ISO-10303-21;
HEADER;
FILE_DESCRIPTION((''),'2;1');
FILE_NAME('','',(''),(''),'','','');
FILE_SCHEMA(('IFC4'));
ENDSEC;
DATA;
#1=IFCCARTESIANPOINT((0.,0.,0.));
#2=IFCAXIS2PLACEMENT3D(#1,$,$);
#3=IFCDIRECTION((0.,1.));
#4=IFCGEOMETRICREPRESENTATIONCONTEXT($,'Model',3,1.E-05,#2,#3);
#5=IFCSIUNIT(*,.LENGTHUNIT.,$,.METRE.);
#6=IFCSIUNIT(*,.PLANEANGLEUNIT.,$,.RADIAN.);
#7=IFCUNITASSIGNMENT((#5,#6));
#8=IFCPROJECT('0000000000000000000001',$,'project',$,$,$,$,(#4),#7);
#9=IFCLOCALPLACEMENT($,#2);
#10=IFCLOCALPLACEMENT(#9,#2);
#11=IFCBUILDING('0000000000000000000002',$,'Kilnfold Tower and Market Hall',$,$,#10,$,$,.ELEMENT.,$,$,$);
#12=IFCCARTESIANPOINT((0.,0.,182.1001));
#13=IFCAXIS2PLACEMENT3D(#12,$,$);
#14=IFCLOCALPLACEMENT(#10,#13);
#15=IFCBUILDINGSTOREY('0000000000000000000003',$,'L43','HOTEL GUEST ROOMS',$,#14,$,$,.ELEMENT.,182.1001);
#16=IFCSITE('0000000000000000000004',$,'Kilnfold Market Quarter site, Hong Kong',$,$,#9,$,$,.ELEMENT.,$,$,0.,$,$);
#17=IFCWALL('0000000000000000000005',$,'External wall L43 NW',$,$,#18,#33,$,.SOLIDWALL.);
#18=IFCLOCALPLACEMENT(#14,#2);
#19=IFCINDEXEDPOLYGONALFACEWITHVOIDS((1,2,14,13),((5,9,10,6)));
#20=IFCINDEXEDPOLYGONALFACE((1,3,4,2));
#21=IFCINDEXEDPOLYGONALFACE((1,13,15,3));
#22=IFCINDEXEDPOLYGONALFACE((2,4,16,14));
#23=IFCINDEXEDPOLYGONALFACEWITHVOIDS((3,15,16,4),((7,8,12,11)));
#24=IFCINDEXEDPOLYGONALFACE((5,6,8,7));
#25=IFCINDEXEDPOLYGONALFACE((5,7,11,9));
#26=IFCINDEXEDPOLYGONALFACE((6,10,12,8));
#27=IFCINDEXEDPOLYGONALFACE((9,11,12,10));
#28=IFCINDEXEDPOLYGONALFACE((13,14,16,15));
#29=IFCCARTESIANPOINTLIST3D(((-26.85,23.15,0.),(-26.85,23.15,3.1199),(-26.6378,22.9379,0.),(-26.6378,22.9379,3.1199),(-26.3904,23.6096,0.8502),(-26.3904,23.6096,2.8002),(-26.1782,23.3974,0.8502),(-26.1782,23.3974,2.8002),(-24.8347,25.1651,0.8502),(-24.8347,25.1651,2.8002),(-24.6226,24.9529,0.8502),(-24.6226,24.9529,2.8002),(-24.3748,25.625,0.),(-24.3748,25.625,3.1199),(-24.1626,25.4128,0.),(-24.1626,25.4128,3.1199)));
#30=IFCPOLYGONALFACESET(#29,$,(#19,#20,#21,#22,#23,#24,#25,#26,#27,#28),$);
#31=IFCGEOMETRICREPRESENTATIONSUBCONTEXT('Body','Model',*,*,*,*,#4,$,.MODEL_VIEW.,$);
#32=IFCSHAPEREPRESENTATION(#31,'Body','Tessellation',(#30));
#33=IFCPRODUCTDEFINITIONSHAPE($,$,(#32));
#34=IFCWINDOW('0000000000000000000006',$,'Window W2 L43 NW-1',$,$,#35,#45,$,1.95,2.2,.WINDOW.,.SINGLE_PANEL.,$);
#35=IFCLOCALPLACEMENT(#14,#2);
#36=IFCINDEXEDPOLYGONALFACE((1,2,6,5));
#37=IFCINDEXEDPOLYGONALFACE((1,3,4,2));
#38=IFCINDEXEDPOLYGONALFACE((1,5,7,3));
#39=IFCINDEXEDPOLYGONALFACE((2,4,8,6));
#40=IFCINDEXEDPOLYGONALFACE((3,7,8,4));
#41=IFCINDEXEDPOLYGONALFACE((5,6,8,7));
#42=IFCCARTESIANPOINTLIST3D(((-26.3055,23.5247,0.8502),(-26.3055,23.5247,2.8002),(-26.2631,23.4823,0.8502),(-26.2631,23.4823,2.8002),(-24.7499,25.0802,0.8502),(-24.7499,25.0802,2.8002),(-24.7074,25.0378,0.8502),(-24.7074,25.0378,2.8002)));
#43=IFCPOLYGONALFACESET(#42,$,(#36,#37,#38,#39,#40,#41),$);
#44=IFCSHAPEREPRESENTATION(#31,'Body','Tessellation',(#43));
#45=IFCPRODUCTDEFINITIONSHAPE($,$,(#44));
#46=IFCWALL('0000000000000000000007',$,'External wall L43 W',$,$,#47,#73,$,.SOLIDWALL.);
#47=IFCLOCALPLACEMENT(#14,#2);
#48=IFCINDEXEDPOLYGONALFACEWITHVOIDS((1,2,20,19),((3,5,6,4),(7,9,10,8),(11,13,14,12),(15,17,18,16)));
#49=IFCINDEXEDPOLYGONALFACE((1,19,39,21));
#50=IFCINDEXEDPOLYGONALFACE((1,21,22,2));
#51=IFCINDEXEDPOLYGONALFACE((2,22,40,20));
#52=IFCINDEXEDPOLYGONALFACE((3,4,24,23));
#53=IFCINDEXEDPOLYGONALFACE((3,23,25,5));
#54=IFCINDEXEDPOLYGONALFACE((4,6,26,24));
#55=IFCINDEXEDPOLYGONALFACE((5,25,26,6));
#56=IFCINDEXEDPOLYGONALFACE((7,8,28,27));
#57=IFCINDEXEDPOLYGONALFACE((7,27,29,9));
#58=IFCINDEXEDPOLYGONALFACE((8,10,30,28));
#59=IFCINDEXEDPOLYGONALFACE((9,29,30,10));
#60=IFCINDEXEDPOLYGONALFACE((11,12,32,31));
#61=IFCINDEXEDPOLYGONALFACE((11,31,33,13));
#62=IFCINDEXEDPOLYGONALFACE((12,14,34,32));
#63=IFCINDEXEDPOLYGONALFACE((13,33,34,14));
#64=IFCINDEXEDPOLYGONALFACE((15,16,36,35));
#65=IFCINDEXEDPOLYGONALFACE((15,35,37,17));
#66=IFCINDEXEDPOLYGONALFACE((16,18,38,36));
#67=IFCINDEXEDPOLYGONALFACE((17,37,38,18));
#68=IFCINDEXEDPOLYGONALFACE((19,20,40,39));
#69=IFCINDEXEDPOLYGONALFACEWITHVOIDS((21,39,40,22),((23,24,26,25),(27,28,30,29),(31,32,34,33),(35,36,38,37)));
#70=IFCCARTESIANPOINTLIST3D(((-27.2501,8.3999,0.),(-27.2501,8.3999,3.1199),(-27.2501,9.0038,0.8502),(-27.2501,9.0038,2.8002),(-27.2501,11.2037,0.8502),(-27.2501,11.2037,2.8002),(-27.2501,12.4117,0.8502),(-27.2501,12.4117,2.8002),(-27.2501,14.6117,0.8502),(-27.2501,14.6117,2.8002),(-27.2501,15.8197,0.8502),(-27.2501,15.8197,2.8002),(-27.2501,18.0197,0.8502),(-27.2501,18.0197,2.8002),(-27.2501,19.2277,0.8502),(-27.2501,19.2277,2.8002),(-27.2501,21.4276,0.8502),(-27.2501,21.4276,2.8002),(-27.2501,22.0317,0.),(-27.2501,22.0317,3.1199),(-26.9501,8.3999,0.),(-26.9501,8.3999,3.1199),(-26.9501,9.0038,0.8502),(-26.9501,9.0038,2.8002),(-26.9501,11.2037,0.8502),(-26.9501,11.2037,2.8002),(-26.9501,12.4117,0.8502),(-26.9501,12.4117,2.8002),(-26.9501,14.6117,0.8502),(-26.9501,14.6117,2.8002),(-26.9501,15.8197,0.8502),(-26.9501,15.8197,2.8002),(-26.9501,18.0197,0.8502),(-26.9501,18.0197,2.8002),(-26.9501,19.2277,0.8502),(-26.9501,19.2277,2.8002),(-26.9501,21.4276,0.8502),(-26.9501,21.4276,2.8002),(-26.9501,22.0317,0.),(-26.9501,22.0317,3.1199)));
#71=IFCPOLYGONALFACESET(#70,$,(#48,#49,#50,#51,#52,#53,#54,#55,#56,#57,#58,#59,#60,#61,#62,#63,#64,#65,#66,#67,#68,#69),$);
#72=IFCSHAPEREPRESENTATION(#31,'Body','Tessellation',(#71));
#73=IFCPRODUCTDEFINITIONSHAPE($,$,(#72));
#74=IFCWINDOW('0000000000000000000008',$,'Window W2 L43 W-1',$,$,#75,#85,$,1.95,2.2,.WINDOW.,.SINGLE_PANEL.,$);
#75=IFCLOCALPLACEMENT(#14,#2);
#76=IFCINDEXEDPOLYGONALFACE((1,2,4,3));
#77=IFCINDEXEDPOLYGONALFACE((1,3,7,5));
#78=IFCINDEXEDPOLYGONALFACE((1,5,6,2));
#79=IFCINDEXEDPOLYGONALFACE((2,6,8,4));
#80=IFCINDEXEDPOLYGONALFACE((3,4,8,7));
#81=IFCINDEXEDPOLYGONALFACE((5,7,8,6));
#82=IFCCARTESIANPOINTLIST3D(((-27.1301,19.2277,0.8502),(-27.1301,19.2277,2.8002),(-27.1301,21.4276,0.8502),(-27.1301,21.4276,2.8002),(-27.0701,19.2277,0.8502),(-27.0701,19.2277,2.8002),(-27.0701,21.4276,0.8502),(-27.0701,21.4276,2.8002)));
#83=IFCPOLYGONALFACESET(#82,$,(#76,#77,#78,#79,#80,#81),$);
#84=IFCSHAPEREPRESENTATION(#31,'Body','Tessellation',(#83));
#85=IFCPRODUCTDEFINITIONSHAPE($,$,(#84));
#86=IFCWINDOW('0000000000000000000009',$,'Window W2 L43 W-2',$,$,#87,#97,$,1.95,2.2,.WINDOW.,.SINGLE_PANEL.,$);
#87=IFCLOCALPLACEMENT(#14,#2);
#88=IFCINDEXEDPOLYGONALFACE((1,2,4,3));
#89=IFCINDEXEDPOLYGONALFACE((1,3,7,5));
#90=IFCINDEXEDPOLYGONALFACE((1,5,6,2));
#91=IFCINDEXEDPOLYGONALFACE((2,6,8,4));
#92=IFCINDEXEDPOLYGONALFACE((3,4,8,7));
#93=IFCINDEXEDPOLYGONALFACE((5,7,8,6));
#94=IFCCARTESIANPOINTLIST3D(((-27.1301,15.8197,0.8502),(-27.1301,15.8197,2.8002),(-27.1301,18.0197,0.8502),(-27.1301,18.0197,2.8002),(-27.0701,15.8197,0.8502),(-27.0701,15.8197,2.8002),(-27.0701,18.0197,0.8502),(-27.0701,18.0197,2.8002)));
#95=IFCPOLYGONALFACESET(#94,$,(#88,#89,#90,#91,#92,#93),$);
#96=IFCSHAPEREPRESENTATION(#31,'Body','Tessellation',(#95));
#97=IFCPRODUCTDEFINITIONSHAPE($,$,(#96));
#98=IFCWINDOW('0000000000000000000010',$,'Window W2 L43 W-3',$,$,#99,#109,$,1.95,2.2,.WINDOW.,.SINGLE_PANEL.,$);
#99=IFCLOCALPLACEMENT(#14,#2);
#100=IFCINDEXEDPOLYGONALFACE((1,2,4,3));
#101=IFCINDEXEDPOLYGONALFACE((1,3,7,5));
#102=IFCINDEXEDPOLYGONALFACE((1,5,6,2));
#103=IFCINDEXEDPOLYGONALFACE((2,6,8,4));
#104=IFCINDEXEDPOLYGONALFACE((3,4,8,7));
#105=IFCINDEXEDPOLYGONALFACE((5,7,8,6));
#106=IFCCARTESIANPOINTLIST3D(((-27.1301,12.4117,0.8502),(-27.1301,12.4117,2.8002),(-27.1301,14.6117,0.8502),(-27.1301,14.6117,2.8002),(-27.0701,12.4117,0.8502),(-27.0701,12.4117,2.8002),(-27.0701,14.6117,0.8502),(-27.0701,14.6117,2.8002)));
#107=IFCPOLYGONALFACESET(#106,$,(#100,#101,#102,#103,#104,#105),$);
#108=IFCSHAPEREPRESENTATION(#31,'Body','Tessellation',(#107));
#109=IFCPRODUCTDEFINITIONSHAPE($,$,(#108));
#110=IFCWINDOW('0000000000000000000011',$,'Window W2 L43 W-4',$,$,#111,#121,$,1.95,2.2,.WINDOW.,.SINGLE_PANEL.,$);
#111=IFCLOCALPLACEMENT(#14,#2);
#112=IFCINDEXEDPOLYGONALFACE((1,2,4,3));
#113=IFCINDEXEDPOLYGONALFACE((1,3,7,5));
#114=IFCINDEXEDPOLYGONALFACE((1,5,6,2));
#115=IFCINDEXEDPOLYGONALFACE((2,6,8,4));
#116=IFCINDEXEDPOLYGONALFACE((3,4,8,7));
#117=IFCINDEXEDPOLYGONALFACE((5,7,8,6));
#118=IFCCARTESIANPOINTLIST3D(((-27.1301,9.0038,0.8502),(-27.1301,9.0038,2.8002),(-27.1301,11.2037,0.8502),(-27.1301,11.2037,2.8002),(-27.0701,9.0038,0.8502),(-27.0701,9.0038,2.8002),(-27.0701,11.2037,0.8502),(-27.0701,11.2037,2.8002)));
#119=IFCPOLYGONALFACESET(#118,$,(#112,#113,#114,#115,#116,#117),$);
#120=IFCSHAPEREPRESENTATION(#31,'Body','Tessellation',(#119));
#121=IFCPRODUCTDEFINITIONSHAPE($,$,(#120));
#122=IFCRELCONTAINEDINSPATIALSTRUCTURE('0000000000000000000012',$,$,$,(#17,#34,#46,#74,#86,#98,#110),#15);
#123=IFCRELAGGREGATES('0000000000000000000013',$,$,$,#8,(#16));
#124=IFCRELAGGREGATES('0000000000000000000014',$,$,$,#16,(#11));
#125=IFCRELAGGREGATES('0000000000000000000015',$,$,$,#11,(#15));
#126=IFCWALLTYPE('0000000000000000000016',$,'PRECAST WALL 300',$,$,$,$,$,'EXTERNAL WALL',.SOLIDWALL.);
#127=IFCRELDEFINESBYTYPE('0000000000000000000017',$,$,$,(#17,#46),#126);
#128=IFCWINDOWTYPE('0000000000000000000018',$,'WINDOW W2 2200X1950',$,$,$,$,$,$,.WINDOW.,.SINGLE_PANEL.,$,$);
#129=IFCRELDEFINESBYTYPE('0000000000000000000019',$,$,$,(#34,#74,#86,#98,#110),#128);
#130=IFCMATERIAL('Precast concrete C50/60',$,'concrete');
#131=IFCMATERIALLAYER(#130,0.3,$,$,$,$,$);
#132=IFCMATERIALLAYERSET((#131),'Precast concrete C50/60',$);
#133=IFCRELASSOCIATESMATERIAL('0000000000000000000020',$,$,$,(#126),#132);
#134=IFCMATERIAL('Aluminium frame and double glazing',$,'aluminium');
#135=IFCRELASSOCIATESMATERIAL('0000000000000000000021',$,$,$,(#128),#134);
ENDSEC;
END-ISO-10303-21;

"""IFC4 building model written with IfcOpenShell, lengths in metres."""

from ifc_helpers import new_model, si_unit, direction, frame, frame_2d, origin, place, context, subcontext, project, spatial, rectangle, extrude, source, transform, mapped, material, layer, layer_set, type_object, element, fill, save


model = new_model("IFC4")

# Units and contexts
model_context = context("Model", 3, precision=1e-05, world=origin(), true_north=direction((0.0, 1.0)))
body_context = subcontext(model_context, "Body", "Model", "MODEL_VIEW")
ifc_project = project(units=[si_unit("LENGTHUNIT", "METRE"), si_unit("PLANEANGLEUNIT", "RADIAN")], contexts=[model_context])

# Site, building, storey
site_placement = place(None, origin())
site = spatial("IfcSite", under=ifc_project, at=site_placement, Name="Kilnfold Market Quarter site, Hong Kong", CompositionType="ELEMENT", RefElevation=0.0)
building_placement = place(site_placement, origin())
building = spatial("IfcBuilding", under=site, at=building_placement, Name="Kilnfold Tower and Market Hall", CompositionType="ELEMENT")
storey_placement = place(building_placement, frame((0.0, 0.0, 182.1001)))
storey = spatial("IfcBuildingStorey", under=building, at=storey_placement, Name="L43", Description="HOTEL GUEST ROOMS", CompositionType="ELEMENT", Elevation=182.1001)

# Wall, opening, window
ifc_material_1 = material(Name="Precast concrete C50/60", Category="concrete")
ifc_layer_1 = layer(ifc_material_1, 0.3)
ifc_layer_set_1 = layer_set([ifc_layer_1], Name="Precast concrete C50/60")
wall_type_1 = type_object("IfcWallType", Name="PRECAST WALL 300", ElementType="EXTERNAL WALL", PredefinedType="SOLIDWALL", material=ifc_layer_set_1)
shared_shape_1 = source(origin(), body_context, "Body", "SweptSolid", [
    extrude(rectangle(XDim=3.5002, YDim=0.3, at=frame_2d((1.75, 0.0))), origin(), (0.0, 0.0, 1.0), 3.1199),
])
wall_1_placement = place(storey_placement, frame((-24.2688, 25.5188, 0.0), z_axis=(0.0, 0.0, 1.0), x_axis=(-0.707142, -0.707072, 0.0)))
wall_1 = element("IfcWall", 1, at=wall_1_placement, inside=storey, type_object=wall_type_1, Name="External wall L43 NW", PredefinedType="SOLIDWALL", context=body_context, shape_type="MappedRepresentation", body=[
    mapped(shared_shape_1, transform((0.0, 0.0, 0.0))),
])
opening_1_placement = place(wall_1_placement, frame((0.6501, 0.0, 0.8501)))
opening_1 = element("IfcOpeningElement", 2, at=opening_1_placement, cuts=wall_1, PredefinedType="OPENING", context=body_context, shape_type="SweptSolid", body=[
    extrude(rectangle(XDim=2.2, YDim=1.95, at=frame_2d((1.1001, 0.9751))), frame((0.0, 0.1602, 0.0), z_axis=(0.0, -1.0, 0.0), x_axis=(1.0, 0.0, 0.0)), (0.0, 0.0, 1.0), 0.3201),
])
ifc_material_2 = material(Name="Aluminium frame and double glazing", Category="aluminium")
window_type = type_object("IfcWindowType", Name="WINDOW W2 2200X1950", PartitioningType="SINGLE_PANEL", PredefinedType="WINDOW", material=ifc_material_2)
window_1_placement = place(opening_1_placement, origin())
window_1 = element("IfcWindow", 3, at=window_1_placement, inside=storey, type_object=window_type, Name="Window W2 L43 NW-1", OverallHeight=1.95, OverallWidth=2.2, PartitioningType="SINGLE_PANEL", PredefinedType="WINDOW", context=body_context, shape_type="SweptSolid", body=[
    extrude(rectangle(XDim=2.2, YDim=1.95, at=frame_2d((1.1001, 0.9751))), frame((0.0, 0.03, 0.0), z_axis=(0.0, -1.0, 0.0), x_axis=(1.0, 0.0, 0.0)), (0.0, 0.0, 1.0), 0.0601),
])
fill(opening_1, window_1)

# Wall, openings, windows
shared_shape_2 = source(origin(), body_context, "Body", "SweptSolid", [
    extrude(rectangle(XDim=13.6318, YDim=0.3, at=frame_2d((6.8159, 0.0))), origin(), (0.0, 0.0, 1.0), 3.1199),
])
wall_2_placement = place(storey_placement, frame((-27.1001, 22.0317, 0.0), z_axis=(0.0, 0.0, 1.0), x_axis=(0.0, -1.0, 0.0)))
wall_2 = element("IfcWall", 4, at=wall_2_placement, inside=storey, type_object=wall_type_1, Name="External wall L43 W", PredefinedType="SOLIDWALL", context=body_context, shape_type="MappedRepresentation", body=[
    mapped(shared_shape_2, transform((0.0, 0.0, 0.0))),
])
opening_2_placement = place(wall_2_placement, frame((0.604, 0.0, 0.8501)))
opening_2 = element("IfcOpeningElement", 5, at=opening_2_placement, cuts=wall_2, PredefinedType="OPENING", context=body_context, shape_type="SweptSolid", body=[
    extrude(rectangle(XDim=2.2, YDim=1.95, at=frame_2d((1.1001, 0.9751))), frame((0.0, 0.1602, 0.0), z_axis=(0.0, -1.0, 0.0), x_axis=(1.0, 0.0, 0.0)), (0.0, 0.0, 1.0), 0.3201),
])
opening_3_placement = place(wall_2_placement, frame((4.012, 0.0, 0.8501)))
opening_3 = element("IfcOpeningElement", 6, at=opening_3_placement, cuts=wall_2, PredefinedType="OPENING", context=body_context, shape_type="SweptSolid", body=[
    extrude(rectangle(XDim=2.2, YDim=1.95, at=frame_2d((1.1001, 0.9751))), frame((0.0, 0.1602, 0.0), z_axis=(0.0, -1.0, 0.0), x_axis=(1.0, 0.0, 0.0)), (0.0, 0.0, 1.0), 0.3201),
])
opening_4_placement = place(wall_2_placement, frame((7.4199, 0.0, 0.8501)))
opening_4 = element("IfcOpeningElement", 7, at=opening_4_placement, cuts=wall_2, PredefinedType="OPENING", context=body_context, shape_type="SweptSolid", body=[
    extrude(rectangle(XDim=2.2, YDim=1.95, at=frame_2d((1.1001, 0.9751))), frame((0.0, 0.1602, 0.0), z_axis=(0.0, -1.0, 0.0), x_axis=(1.0, 0.0, 0.0)), (0.0, 0.0, 1.0), 0.3201),
])
opening_5_placement = place(wall_2_placement, frame((10.8279, 0.0, 0.8501)))
opening_5 = element("IfcOpeningElement", 8, at=opening_5_placement, cuts=wall_2, PredefinedType="OPENING", context=body_context, shape_type="SweptSolid", body=[
    extrude(rectangle(XDim=2.2, YDim=1.95, at=frame_2d((1.1001, 0.9751))), frame((0.0, 0.1602, 0.0), z_axis=(0.0, -1.0, 0.0), x_axis=(1.0, 0.0, 0.0)), (0.0, 0.0, 1.0), 0.3201),
])
window_2_placement = place(opening_2_placement, origin())
window_2 = element("IfcWindow", 9, at=window_2_placement, inside=storey, type_object=window_type, Name="Window W2 L43 W-1", OverallHeight=1.95, OverallWidth=2.2, PartitioningType="SINGLE_PANEL", PredefinedType="WINDOW", context=body_context, shape_type="SweptSolid", body=[
    extrude(rectangle(XDim=2.2, YDim=1.95, at=frame_2d((1.1001, 0.9751))), frame((0.0, 0.03, 0.0), z_axis=(0.0, -1.0, 0.0), x_axis=(1.0, 0.0, 0.0)), (0.0, 0.0, 1.0), 0.0601),
])
fill(opening_2, window_2)
window_3_placement = place(opening_3_placement, origin())
window_3 = element("IfcWindow", 10, at=window_3_placement, inside=storey, type_object=window_type, Name="Window W2 L43 W-2", OverallHeight=1.95, OverallWidth=2.2, PartitioningType="SINGLE_PANEL", PredefinedType="WINDOW", context=body_context, shape_type="SweptSolid", body=[
    extrude(rectangle(XDim=2.2, YDim=1.95, at=frame_2d((1.1001, 0.9751))), frame((0.0, 0.03, 0.0), z_axis=(0.0, -1.0, 0.0), x_axis=(1.0, 0.0, 0.0)), (0.0, 0.0, 1.0), 0.0601),
])
fill(opening_3, window_3)
window_4_placement = place(opening_4_placement, origin())
window_4 = element("IfcWindow", 11, at=window_4_placement, inside=storey, type_object=window_type, Name="Window W2 L43 W-3", OverallHeight=1.95, OverallWidth=2.2, PartitioningType="SINGLE_PANEL", PredefinedType="WINDOW", context=body_context, shape_type="SweptSolid", body=[
    extrude(rectangle(XDim=2.2, YDim=1.95, at=frame_2d((1.1001, 0.9751))), frame((0.0, 0.03, 0.0), z_axis=(0.0, -1.0, 0.0), x_axis=(1.0, 0.0, 0.0)), (0.0, 0.0, 1.0), 0.0601),
])
fill(opening_4, window_4)
window_5_placement = place(opening_5_placement, origin())
window_5 = element("IfcWindow", 12, at=window_5_placement, inside=storey, type_object=window_type, Name="Window W2 L43 W-4", OverallHeight=1.95, OverallWidth=2.2, PartitioningType="SINGLE_PANEL", PredefinedType="WINDOW", context=body_context, shape_type="SweptSolid", body=[
    extrude(rectangle(XDim=2.2, YDim=1.95, at=frame_2d((1.1001, 0.9751))), frame((0.0, 0.03, 0.0), z_axis=(0.0, -1.0, 0.0), x_axis=(1.0, 0.0, 0.0)), (0.0, 0.0, 1.0), 0.0601),
])
fill(opening_5, window_5)

save(model, "model.ifc")
